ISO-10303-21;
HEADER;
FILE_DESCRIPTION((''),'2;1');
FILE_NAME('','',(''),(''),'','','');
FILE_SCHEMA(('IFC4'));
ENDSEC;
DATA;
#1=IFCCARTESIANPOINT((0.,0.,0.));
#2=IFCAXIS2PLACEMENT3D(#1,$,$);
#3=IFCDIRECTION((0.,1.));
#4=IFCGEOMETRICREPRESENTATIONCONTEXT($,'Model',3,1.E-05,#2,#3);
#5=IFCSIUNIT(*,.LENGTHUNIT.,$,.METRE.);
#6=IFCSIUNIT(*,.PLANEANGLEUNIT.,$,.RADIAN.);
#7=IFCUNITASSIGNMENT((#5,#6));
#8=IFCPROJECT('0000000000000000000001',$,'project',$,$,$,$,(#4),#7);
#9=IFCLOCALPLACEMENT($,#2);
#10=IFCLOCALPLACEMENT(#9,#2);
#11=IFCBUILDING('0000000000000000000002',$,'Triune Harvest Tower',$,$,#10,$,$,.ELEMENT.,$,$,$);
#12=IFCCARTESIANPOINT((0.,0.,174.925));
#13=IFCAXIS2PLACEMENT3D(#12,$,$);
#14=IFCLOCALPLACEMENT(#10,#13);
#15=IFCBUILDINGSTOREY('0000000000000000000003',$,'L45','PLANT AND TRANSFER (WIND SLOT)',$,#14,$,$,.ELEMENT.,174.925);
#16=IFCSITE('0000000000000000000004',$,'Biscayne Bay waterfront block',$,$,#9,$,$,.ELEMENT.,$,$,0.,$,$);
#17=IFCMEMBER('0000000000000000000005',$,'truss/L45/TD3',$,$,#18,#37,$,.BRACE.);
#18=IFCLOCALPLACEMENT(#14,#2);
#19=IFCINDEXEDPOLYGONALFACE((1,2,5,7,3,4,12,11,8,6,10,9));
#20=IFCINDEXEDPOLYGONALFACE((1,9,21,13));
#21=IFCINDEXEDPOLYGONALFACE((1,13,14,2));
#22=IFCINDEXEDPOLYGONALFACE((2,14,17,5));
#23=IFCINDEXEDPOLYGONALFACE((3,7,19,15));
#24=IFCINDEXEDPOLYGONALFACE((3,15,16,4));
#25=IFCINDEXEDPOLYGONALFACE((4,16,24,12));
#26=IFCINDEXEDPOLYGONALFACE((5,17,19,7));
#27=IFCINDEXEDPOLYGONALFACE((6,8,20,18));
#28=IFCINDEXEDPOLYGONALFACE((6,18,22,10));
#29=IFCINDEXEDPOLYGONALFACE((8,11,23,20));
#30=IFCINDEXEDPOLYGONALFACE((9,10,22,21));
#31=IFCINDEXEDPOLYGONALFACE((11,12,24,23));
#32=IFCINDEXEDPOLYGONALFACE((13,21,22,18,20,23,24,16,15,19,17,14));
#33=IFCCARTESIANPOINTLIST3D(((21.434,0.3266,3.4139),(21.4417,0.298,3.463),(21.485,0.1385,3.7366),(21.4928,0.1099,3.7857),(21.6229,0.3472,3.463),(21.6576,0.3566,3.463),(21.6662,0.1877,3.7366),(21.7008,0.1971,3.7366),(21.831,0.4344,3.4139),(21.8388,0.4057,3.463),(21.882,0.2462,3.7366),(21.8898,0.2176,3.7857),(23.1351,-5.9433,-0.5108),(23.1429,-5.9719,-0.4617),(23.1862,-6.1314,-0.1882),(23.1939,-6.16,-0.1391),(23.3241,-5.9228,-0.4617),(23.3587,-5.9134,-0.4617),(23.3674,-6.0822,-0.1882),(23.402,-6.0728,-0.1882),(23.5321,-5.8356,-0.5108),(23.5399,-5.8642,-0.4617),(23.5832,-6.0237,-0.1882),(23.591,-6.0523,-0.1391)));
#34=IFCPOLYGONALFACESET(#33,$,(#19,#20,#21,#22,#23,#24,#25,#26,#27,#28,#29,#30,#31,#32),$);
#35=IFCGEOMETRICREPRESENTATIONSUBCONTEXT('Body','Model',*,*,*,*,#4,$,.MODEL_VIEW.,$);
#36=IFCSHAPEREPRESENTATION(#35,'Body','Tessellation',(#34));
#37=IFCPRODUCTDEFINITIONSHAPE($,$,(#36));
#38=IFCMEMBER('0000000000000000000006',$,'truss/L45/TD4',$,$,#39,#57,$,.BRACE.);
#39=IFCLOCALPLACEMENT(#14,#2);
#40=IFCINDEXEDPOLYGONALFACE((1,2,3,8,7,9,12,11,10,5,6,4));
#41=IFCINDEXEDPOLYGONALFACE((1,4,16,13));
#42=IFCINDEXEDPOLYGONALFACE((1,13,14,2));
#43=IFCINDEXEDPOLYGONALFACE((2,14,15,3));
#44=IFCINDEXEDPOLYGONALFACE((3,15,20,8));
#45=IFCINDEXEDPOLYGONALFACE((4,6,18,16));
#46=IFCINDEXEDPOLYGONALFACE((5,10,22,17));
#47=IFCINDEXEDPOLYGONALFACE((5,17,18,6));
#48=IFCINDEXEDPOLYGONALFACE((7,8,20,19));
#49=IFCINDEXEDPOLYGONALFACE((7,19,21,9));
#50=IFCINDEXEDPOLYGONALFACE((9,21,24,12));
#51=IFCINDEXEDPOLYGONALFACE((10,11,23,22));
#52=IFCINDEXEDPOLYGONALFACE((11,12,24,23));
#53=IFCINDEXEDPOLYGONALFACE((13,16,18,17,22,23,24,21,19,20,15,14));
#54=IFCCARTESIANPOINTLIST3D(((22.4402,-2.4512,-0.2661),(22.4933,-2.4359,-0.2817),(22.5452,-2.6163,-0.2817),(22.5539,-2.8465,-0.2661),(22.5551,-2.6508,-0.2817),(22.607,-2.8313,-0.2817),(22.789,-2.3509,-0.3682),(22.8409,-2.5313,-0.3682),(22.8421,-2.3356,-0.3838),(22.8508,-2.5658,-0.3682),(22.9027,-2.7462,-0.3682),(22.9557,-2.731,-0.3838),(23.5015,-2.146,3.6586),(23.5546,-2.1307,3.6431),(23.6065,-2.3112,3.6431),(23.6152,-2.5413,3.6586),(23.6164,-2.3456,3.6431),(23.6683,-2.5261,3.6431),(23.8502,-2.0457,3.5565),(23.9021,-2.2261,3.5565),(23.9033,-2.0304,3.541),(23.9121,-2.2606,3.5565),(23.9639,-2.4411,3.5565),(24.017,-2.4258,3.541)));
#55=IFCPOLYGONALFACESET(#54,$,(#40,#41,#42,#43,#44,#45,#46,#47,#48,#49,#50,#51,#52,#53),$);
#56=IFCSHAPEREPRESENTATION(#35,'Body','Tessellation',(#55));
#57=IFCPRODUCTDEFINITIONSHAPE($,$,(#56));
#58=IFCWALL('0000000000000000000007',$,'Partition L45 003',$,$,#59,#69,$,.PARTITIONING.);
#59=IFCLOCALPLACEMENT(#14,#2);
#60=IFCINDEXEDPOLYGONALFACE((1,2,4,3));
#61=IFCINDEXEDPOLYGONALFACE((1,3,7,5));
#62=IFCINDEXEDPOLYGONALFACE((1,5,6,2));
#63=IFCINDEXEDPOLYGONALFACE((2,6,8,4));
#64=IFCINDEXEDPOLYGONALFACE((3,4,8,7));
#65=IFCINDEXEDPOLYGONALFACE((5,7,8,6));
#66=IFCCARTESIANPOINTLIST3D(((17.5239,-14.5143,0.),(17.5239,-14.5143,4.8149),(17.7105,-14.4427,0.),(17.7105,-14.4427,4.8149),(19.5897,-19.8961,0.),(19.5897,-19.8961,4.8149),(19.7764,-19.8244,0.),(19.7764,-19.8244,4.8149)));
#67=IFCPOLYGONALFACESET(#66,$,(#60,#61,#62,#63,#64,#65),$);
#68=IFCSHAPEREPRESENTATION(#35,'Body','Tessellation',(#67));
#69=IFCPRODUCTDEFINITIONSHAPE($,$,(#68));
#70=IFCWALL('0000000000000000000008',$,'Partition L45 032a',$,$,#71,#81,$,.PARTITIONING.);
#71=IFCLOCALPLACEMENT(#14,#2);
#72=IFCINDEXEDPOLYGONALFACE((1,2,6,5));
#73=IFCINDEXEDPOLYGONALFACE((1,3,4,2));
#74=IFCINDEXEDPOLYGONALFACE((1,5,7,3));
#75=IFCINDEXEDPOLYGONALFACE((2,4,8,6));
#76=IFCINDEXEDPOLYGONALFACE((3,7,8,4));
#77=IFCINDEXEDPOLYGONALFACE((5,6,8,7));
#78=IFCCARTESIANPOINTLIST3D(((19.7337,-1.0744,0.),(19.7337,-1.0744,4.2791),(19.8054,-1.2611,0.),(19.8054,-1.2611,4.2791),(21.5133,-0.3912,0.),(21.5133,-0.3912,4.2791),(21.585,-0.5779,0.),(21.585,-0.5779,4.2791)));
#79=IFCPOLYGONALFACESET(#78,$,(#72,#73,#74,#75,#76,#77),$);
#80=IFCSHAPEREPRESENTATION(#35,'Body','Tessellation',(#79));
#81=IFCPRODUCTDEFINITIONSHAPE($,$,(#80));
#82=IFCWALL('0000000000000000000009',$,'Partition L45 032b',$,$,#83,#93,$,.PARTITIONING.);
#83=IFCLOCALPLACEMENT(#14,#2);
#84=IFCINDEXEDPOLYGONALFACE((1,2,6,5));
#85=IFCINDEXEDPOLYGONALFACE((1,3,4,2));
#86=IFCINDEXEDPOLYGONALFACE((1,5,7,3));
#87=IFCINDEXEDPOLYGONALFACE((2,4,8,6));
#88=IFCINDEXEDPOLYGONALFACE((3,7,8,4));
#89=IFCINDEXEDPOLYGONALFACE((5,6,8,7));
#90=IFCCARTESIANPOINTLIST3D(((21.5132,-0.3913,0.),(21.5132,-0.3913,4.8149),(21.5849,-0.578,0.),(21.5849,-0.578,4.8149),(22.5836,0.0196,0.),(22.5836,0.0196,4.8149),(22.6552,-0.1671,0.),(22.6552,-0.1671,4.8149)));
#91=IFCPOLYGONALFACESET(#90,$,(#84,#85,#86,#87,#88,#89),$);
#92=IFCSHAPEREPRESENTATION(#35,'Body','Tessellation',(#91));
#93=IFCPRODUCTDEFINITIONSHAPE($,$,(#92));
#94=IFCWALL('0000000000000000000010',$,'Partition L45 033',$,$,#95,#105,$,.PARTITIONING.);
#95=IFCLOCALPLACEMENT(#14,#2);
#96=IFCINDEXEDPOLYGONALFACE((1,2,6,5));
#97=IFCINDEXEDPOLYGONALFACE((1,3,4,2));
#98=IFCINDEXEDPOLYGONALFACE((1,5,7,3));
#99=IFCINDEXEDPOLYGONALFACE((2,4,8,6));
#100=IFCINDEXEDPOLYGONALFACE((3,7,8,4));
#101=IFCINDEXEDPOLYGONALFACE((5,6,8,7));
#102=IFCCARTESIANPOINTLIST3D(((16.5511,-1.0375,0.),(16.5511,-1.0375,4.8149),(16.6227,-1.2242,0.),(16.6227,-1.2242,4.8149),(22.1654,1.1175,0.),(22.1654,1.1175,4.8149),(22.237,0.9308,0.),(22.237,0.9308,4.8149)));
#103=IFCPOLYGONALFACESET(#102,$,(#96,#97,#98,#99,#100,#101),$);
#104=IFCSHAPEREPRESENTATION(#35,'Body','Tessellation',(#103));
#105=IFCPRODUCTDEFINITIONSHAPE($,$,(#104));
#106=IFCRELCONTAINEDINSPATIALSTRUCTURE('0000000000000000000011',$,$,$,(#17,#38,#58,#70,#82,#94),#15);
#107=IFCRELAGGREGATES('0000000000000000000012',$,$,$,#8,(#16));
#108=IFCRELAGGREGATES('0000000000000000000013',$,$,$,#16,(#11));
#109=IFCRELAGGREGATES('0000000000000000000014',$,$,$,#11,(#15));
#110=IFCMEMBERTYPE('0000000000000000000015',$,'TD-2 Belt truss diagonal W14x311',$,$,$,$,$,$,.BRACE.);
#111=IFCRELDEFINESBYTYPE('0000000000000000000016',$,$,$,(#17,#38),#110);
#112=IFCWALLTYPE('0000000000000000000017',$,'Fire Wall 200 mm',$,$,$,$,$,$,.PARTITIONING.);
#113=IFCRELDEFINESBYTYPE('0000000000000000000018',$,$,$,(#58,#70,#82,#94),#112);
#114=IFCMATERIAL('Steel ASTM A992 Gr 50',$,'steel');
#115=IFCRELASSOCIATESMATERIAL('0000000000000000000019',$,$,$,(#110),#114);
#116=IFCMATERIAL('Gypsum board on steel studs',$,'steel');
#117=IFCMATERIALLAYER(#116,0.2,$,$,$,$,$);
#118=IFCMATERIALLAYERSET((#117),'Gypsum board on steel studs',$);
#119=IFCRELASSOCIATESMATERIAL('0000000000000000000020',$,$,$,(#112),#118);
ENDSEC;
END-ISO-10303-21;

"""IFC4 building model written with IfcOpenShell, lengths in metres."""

from ifc_helpers import new_model, si_unit, direction, frame, frame_2d, origin, origin_2d, place, context, subcontext, project, spatial, rectangle, i_section, extrude, source, transform, mapped, material, layer, layer_set, material_profile, profile_set, type_object, element, save


model = new_model("IFC4")

# Units and contexts
model_context = context("Model", 3, precision=1e-05, world=origin(), true_north=direction((0.0, 1.0)))
body_context = subcontext(model_context, "Body", "Model", "MODEL_VIEW")
ifc_project = project(units=[si_unit("LENGTHUNIT", "METRE"), si_unit("PLANEANGLEUNIT", "RADIAN")], contexts=[model_context])

# Site, building, storey
site_placement = place(None, origin())
site = spatial("IfcSite", under=ifc_project, at=site_placement, Name="Biscayne Bay waterfront block", CompositionType="ELEMENT", RefElevation=0.0)
building_placement = place(site_placement, origin())
building = spatial("IfcBuilding", under=site, at=building_placement, Name="Triune Harvest Tower", CompositionType="ELEMENT")
storey_placement = place(building_placement, frame((0.0, 0.0, 174.925)))
storey = spatial("IfcBuildingStorey", under=building, at=storey_placement, Name="L45", Description="PLANT AND TRANSFER (WIND SLOT)", CompositionType="ELEMENT", Elevation=174.925)

# Members
ifc_material_1 = material(Name="Steel ASTM A992 Gr 50", Category="steel")
ifc_material_profile_1 = material_profile(ifc_material_1, i_section(OverallWidth=0.4114, OverallDepth=0.4343, WebThickness=0.0359, FlangeThickness=0.0574, at=origin_2d()), Name="W14x311")
ifc_profile_set_1 = profile_set([ifc_material_profile_1], Name="Steel ASTM A992 Gr 50")
member_type_1 = type_object("IfcMemberType", Name="TD-2 Belt truss diagonal W14x311", PredefinedType="BRACE", material=ifc_profile_set_1)
shared_shape_1 = source(origin(), body_context, "Body", "SweptSolid", [
    extrude(i_section(OverallWidth=0.4114, OverallDepth=0.4343, WebThickness=0.0359, FlangeThickness=0.0574, at=origin_2d()), origin(), (0.0, 0.0, 1.0), 7.5901),
])
member_1_placement = place(storey_placement, frame((23.363, -5.9978, -0.325), z_axis=(-0.224127, 0.826067, 0.517088), x_axis=(-0.965108, -0.261852, 0.0)))
element("IfcMember", 1, at=member_1_placement, inside=storey, type_object=member_type_1, Name="truss/L45/TD3", PredefinedType="BRACE", context=body_context, shape_type="MappedRepresentation", body=[
    mapped(shared_shape_1, transform((0.0, 0.0, 0.0), scale=1.0)),
])
shared_shape_2 = source(origin(), body_context, "Body", "SweptSolid", [
    extrude(i_section(OverallWidth=0.4114, OverallDepth=0.4343, WebThickness=0.0359, FlangeThickness=0.0574, at=origin_2d()), origin(), (0.0, 0.0, 1.0), 4.0771),
])
member_2_placement = place(storey_placement, frame((22.698, -2.5911, -0.325), z_axis=(0.260296, 0.074849, 0.962623), x_axis=(-0.276356, 0.961055, 0.0)))
element("IfcMember", 2, at=member_2_placement, inside=storey, type_object=member_type_1, Name="truss/L45/TD4", PredefinedType="BRACE", context=body_context, shape_type="MappedRepresentation", body=[
    mapped(shared_shape_2, transform((0.0, 0.0, 0.0), scale=1.0)),
])

# Walls
ifc_material_2 = material(Name="Gypsum board on steel studs", Category="steel")
ifc_layer = layer(ifc_material_2, 0.2)
ifc_layer_set = layer_set([ifc_layer], Name="Gypsum board on steel studs")
wall_type = type_object("IfcWallType", Name="Fire Wall 200 mm", PredefinedType="PARTITIONING", material=ifc_layer_set)
wall_1_placement = place(storey_placement, frame((17.6172, -14.4785, 0.0), z_axis=(0.0, 0.0, 1.0), x_axis=(0.358372, -0.933579, 0.0)))
element("IfcWall", 3, at=wall_1_placement, inside=storey, type_object=wall_type, Name="Partition L45 003", PredefinedType="PARTITIONING", context=body_context, shape_type="SweptSolid", body=[
    extrude(rectangle(XDim=5.7646, YDim=0.2, at=frame_2d((2.8823, 0.0))), origin(), (0.0, 0.0, 1.0), 4.8149),
])
wall_2_placement = place(storey_placement, frame((19.7695, -1.1677, 0.0), z_axis=(0.0, 0.0, 1.0), x_axis=(0.93358, 0.35837, 0.0)))
element("IfcWall", 4, at=wall_2_placement, inside=storey, type_object=wall_type, Name="Partition L45 032a", PredefinedType="PARTITIONING", context=body_context, shape_type="SweptSolid", body=[
    extrude(rectangle(XDim=1.9062, YDim=0.2, at=frame_2d((0.9531, 0.0))), origin(), (0.0, 0.0, 1.0), 4.2791),
])
wall_3_placement = place(storey_placement, frame((21.5491, -0.4846, 0.0), z_axis=(0.0, 0.0, 1.0), x_axis=(0.93357, 0.358394, 0.0)))
element("IfcWall", 5, at=wall_3_placement, inside=storey, type_object=wall_type, Name="Partition L45 032b", PredefinedType="PARTITIONING", context=body_context, shape_type="SweptSolid", body=[
    extrude(rectangle(XDim=1.1465, YDim=0.2, at=frame_2d((0.5732, 0.0))), origin(), (0.0, 0.0, 1.0), 4.8149),
])
shared_shape_3 = source(origin(), body_context, "Body", "SweptSolid", [
    extrude(rectangle(XDim=6.0137, YDim=0.2, at=frame_2d((3.0068, 0.0))), origin(), (0.0, 0.0, 1.0), 4.8149),
])
wall_4_placement = place(storey_placement, frame((16.5869, -1.1309, 0.0), z_axis=(0.0, 0.0, 1.0), x_axis=(0.933585, 0.358356, 0.0)))
element("IfcWall", 6, at=wall_4_placement, inside=storey, type_object=wall_type, Name="Partition L45 033", PredefinedType="PARTITIONING", context=body_context, shape_type="MappedRepresentation", body=[
    mapped(shared_shape_3, transform((0.0, 0.0, 0.0), scale=1.0)),
])

save(model, "model.ifc")
